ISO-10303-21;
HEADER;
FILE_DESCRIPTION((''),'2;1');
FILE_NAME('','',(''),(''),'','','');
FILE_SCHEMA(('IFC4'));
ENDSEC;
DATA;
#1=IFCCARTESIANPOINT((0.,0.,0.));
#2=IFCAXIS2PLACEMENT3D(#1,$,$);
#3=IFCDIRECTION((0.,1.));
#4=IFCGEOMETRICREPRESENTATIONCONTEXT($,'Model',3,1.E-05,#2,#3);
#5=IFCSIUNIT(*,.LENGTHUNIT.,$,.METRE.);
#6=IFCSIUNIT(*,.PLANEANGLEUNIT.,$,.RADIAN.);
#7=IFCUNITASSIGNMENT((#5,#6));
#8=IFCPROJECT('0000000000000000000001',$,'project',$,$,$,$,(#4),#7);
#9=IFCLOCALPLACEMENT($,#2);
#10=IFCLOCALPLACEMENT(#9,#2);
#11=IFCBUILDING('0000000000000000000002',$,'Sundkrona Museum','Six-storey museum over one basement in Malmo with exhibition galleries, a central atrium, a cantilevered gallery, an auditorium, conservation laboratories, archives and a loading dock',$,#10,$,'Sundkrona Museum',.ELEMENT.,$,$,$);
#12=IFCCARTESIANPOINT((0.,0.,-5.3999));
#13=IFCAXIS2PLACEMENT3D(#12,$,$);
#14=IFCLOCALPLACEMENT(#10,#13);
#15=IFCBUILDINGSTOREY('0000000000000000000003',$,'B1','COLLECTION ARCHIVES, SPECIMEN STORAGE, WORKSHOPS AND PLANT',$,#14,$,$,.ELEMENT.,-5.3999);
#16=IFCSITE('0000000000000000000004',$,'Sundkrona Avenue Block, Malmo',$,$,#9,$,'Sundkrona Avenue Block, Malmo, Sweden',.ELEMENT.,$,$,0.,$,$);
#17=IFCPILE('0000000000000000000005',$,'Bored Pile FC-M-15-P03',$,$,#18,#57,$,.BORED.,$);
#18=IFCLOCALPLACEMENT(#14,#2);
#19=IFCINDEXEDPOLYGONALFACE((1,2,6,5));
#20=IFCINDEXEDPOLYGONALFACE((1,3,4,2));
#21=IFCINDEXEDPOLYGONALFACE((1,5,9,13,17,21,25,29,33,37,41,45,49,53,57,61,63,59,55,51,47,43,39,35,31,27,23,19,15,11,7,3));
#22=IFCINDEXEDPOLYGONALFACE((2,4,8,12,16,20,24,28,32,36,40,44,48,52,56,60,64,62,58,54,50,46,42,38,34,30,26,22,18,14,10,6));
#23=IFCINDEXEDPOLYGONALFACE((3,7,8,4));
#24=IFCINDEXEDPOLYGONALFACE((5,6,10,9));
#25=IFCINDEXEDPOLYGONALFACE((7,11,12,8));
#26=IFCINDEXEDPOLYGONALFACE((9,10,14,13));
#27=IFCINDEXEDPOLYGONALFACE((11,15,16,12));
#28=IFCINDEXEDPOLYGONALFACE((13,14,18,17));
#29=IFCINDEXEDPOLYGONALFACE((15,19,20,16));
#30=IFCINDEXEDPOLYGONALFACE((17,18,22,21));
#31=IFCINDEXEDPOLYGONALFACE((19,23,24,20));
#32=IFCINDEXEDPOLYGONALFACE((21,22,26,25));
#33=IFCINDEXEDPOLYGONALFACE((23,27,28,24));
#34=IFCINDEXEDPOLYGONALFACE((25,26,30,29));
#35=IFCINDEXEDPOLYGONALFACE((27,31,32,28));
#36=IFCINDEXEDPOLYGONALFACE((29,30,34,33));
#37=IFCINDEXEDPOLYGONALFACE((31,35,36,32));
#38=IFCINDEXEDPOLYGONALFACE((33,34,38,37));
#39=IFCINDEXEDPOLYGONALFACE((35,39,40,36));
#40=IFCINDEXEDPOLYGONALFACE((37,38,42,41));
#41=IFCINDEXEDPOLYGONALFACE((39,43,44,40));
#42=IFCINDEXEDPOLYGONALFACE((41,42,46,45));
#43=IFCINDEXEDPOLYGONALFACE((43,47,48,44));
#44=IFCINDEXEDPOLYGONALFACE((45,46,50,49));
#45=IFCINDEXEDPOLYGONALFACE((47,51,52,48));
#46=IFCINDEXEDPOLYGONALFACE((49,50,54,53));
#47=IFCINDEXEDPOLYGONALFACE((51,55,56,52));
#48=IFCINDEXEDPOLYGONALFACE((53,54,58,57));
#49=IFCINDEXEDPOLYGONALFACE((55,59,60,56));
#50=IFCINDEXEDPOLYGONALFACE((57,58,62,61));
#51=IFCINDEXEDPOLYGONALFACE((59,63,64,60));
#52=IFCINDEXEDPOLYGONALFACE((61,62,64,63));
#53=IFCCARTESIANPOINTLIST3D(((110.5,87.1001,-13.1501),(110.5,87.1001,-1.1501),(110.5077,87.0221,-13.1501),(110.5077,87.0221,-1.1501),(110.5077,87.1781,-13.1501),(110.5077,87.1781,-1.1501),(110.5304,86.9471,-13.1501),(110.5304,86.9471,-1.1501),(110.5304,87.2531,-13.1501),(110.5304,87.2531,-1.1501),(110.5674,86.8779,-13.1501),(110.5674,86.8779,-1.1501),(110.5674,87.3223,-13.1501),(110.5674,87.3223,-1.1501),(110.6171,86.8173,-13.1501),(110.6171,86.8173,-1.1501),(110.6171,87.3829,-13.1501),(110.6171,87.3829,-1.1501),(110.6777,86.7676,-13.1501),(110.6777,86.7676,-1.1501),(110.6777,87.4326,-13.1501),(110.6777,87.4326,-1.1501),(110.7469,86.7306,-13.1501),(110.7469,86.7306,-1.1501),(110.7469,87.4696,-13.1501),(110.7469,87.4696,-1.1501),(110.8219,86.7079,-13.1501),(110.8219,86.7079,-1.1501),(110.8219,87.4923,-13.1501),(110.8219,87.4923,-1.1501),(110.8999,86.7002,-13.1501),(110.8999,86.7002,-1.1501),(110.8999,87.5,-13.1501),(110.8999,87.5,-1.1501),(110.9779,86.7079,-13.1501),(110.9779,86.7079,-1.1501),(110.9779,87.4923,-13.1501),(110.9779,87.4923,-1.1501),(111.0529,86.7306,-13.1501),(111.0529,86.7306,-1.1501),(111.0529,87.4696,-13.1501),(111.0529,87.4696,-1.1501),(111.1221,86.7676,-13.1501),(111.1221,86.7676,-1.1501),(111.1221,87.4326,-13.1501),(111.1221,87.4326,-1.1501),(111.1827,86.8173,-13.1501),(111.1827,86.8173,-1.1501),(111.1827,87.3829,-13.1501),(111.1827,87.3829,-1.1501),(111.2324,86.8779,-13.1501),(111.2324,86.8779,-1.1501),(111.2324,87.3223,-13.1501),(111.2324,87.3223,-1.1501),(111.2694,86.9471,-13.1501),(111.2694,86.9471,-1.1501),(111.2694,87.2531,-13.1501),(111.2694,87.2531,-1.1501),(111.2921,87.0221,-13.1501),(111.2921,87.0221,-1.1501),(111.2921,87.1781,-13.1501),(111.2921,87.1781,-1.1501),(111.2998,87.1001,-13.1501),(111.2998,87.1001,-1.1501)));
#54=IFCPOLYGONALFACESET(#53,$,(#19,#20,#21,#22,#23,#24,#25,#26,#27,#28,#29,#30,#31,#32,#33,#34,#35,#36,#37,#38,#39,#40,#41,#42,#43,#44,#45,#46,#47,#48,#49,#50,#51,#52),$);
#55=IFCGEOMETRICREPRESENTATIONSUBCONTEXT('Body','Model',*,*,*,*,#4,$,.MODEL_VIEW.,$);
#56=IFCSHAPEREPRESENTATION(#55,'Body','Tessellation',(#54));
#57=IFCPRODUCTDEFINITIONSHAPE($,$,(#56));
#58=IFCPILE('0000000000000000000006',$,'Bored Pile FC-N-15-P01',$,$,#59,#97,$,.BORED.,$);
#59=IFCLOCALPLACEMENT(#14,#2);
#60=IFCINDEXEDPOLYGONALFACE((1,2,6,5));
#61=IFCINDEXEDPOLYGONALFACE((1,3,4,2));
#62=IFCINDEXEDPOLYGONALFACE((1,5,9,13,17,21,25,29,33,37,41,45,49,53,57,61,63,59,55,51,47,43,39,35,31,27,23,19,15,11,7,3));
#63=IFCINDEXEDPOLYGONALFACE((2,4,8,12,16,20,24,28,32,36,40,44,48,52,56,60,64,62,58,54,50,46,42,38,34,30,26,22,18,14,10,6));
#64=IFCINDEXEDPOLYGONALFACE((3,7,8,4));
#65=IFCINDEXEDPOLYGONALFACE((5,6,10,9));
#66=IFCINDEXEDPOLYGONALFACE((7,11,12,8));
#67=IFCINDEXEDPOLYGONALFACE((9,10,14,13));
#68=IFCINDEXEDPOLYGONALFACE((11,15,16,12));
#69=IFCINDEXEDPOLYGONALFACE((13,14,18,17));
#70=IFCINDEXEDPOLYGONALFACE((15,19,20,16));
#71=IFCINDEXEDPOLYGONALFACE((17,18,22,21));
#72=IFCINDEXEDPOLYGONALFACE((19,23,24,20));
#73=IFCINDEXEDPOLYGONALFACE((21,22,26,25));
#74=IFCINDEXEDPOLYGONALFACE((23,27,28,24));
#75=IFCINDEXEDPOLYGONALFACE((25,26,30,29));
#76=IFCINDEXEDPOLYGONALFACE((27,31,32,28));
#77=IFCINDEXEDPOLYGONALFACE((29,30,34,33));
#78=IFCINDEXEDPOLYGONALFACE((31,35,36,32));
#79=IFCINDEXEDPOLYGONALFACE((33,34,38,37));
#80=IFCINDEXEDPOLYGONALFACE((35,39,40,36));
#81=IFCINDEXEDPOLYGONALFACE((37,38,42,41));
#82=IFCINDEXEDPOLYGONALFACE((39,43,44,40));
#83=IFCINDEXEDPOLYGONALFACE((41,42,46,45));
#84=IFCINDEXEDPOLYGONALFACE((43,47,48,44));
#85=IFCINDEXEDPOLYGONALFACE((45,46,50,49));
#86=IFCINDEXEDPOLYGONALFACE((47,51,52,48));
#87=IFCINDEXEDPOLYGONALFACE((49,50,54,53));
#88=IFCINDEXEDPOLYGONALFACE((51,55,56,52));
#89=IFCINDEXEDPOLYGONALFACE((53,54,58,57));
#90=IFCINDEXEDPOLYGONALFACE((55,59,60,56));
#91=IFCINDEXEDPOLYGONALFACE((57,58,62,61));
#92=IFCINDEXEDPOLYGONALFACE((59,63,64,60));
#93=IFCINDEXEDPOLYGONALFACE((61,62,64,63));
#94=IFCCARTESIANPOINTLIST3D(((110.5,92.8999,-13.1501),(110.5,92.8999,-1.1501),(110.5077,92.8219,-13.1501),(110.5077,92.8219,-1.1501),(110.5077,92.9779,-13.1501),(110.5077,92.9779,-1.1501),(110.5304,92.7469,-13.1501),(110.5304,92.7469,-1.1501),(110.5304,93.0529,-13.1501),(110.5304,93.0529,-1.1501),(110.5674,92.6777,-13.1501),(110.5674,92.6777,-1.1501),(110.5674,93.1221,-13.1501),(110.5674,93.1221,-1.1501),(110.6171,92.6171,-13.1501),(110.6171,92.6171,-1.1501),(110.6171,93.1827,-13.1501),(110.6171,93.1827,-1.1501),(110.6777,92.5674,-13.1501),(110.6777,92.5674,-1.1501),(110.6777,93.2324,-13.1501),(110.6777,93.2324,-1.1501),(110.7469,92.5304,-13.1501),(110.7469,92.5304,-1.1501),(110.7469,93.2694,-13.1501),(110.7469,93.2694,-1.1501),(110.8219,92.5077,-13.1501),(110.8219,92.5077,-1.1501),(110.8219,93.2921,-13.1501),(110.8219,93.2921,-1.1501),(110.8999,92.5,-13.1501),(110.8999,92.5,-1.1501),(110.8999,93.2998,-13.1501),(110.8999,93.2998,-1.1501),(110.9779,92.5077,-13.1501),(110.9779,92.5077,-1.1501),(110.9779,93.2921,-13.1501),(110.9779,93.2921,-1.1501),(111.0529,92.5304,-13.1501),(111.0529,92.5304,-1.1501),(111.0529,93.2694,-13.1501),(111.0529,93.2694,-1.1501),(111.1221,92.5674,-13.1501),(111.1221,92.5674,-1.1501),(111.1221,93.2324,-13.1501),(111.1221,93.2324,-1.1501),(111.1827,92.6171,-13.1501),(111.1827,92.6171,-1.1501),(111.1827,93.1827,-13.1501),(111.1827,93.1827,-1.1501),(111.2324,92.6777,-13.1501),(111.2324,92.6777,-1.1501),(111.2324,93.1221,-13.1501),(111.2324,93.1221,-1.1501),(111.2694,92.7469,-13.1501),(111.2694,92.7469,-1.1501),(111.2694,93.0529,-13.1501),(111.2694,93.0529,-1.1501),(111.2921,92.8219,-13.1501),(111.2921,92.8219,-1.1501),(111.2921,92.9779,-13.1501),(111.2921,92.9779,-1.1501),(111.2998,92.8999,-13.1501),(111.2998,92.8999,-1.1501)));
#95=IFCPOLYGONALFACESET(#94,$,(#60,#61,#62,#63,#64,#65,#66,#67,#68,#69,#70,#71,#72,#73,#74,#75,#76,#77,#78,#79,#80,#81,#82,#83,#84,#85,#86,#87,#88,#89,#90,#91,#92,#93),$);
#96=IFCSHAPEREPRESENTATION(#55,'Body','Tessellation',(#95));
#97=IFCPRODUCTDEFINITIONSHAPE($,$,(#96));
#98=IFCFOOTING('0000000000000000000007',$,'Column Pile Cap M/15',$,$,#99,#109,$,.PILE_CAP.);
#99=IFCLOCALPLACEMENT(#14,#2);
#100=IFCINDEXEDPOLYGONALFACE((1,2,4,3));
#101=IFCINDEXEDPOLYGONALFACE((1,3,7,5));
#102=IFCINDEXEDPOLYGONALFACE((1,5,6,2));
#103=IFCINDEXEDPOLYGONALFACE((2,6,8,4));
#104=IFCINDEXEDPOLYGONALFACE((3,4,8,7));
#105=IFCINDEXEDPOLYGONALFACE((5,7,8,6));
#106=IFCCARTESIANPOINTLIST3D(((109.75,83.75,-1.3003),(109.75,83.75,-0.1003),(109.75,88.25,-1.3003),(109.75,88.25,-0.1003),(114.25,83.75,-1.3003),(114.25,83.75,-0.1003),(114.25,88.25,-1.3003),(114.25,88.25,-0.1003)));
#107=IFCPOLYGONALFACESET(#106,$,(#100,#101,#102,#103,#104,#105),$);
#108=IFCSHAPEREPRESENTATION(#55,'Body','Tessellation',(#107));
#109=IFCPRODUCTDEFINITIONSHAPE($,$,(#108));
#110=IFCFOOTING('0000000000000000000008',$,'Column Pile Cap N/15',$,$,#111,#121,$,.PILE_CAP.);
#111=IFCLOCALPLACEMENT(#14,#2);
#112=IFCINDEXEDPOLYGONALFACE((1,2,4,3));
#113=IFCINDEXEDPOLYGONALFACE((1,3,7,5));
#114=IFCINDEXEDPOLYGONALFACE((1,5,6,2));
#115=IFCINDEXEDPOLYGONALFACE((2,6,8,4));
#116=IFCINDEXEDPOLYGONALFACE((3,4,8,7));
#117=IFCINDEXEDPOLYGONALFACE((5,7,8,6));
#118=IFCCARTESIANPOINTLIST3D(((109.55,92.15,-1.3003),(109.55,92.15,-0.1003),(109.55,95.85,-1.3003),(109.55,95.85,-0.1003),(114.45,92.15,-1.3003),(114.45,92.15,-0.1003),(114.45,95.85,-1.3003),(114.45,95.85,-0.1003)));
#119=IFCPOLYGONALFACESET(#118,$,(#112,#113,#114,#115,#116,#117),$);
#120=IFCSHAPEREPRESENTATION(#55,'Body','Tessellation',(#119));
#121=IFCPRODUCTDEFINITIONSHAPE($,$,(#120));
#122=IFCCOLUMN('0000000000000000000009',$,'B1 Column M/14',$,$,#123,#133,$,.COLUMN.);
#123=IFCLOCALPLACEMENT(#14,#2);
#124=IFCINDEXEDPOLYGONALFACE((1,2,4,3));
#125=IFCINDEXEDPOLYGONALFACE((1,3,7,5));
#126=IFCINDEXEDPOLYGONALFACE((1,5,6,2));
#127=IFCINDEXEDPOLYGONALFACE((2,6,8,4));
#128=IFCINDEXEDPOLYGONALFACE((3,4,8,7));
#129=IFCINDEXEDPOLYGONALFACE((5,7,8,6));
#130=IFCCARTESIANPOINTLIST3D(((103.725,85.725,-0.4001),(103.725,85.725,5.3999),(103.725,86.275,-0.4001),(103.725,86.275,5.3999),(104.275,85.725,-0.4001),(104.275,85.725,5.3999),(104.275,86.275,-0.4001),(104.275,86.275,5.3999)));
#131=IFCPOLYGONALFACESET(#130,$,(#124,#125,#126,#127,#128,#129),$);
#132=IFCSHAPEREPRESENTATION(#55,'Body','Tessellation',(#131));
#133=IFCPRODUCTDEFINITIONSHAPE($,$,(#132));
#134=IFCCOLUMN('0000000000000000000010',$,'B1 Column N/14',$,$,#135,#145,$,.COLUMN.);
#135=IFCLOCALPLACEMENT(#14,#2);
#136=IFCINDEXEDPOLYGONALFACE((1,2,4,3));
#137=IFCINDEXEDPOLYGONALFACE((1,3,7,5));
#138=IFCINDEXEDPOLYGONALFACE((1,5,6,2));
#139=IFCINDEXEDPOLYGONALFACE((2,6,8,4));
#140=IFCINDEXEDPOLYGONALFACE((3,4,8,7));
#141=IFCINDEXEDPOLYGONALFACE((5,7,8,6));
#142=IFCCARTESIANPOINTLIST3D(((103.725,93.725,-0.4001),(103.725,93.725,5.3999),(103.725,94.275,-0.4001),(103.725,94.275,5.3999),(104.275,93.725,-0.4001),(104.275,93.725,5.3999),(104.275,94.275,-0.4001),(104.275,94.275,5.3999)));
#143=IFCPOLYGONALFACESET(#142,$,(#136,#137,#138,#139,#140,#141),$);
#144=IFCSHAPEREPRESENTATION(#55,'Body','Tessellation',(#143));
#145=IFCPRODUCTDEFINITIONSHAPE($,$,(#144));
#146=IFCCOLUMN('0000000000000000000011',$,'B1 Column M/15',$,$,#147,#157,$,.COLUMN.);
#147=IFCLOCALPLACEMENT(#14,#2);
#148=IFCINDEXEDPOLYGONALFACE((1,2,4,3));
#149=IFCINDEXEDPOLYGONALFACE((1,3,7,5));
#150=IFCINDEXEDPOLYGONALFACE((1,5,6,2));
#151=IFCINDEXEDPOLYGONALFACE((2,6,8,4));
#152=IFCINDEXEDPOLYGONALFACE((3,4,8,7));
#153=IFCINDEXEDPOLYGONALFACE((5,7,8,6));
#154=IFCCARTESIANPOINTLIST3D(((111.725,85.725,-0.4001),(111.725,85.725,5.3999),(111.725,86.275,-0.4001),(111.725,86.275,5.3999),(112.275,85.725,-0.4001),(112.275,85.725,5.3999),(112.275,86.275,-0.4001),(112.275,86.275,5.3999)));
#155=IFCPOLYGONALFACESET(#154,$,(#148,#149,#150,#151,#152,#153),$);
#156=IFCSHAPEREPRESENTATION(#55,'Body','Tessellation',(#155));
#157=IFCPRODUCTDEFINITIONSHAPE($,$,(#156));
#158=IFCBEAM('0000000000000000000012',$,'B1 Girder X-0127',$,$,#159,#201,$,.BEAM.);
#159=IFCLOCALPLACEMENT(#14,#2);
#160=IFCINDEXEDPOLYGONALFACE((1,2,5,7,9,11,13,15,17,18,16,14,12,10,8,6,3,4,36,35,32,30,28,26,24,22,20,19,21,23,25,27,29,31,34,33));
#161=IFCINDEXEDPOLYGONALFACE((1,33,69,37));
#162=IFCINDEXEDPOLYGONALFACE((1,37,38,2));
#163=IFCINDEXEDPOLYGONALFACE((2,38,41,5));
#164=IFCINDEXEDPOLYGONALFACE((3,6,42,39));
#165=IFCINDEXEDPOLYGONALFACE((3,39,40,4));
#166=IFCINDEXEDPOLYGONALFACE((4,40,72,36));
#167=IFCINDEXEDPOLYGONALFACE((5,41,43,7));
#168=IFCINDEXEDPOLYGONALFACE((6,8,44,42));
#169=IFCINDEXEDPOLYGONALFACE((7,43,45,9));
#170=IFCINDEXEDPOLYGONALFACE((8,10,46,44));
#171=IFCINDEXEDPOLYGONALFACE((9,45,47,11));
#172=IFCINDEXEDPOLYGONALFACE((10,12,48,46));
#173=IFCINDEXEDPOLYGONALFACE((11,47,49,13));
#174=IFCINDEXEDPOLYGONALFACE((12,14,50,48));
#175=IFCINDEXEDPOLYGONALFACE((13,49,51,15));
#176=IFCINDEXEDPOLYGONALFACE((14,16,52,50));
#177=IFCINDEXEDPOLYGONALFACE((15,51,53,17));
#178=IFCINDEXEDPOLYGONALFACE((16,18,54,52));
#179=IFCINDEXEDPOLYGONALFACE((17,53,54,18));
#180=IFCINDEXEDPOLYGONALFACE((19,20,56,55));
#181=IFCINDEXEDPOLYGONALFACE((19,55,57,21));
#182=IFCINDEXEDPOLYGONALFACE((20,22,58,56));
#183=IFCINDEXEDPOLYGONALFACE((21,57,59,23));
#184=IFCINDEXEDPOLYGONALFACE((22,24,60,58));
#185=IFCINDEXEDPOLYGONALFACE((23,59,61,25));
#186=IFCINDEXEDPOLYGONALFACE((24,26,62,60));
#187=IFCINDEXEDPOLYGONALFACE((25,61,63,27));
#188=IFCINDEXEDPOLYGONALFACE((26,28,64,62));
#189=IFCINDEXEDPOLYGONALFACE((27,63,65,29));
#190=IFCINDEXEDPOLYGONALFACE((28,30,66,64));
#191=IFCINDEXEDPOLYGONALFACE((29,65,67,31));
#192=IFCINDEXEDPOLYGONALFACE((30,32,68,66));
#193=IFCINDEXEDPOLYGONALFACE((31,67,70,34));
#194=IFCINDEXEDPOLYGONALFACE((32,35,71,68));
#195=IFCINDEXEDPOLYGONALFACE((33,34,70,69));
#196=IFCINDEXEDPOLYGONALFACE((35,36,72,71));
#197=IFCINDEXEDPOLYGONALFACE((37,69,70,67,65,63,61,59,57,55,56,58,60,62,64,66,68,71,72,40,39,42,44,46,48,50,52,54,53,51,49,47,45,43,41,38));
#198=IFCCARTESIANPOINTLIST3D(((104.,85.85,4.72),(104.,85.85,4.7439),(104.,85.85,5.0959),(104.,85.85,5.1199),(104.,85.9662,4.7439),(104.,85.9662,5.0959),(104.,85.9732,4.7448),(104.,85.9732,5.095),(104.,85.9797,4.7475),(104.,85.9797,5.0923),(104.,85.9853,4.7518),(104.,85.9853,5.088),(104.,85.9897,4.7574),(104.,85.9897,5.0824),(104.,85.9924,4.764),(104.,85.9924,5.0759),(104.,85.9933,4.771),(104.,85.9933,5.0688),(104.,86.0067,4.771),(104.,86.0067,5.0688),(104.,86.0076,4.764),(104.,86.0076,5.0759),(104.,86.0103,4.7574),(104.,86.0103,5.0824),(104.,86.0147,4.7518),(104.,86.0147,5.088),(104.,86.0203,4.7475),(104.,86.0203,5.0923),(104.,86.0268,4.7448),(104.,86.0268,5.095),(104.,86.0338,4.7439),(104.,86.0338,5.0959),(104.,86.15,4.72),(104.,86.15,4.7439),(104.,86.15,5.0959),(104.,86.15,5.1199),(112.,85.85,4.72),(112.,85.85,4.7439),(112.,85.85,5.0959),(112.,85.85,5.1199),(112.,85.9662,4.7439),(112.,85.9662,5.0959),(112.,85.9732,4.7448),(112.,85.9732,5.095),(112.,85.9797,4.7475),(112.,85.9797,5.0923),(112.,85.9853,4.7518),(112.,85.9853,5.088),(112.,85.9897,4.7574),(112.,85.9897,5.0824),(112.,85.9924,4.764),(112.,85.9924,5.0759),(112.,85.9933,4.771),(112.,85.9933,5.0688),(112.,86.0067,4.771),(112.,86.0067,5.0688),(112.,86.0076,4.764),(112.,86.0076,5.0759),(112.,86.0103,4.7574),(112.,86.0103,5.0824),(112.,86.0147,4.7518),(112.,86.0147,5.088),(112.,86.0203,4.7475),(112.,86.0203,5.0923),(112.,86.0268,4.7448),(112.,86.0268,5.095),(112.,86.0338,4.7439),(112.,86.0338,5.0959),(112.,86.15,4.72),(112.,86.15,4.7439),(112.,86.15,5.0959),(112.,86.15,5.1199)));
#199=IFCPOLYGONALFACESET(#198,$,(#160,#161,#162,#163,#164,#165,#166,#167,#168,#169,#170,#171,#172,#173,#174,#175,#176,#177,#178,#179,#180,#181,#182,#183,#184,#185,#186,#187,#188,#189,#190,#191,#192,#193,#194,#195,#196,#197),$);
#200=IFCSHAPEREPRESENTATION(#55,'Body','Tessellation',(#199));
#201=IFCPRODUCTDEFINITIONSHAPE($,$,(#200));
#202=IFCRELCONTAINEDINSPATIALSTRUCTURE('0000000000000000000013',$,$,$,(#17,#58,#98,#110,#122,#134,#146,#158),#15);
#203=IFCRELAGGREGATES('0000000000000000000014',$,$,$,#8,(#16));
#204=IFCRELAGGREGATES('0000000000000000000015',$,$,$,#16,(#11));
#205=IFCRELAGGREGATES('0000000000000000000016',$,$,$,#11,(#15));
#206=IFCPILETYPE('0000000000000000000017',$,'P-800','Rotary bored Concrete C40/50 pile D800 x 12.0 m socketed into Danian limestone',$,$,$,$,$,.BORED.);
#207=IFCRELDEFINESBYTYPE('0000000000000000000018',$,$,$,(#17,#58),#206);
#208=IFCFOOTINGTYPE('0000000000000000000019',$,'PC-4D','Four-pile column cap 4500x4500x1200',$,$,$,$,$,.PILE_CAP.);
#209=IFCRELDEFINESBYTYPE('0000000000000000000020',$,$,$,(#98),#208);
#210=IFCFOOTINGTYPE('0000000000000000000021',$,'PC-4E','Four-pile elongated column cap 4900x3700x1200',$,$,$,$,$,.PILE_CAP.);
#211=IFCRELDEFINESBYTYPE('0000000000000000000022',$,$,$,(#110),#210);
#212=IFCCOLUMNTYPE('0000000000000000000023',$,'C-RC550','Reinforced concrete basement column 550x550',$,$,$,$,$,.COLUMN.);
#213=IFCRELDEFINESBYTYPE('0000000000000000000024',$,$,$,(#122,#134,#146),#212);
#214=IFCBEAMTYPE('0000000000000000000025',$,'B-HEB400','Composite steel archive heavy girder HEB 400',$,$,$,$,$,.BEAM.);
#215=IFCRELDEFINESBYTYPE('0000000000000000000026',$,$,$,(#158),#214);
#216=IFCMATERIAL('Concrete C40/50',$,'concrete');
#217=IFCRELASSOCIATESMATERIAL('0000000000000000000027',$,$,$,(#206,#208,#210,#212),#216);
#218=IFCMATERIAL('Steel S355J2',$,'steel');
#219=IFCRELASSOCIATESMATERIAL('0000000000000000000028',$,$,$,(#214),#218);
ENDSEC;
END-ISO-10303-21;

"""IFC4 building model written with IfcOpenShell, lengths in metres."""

from ifc_helpers import new_model, si_unit, direction, frame, origin, origin_2d, place, context, subcontext, project, spatial, rectangle, circle, i_section, extrude, material, material_profile, profile_set, type_object, element, save


model = new_model("IFC4")

# Units and contexts
model_context = context("Model", 3, precision=1e-05, world=origin(), true_north=direction((0.0, 1.0)))
body_context = subcontext(model_context, "Body", "Model", "MODEL_VIEW")
ifc_project = project(units=[si_unit("LENGTHUNIT", "METRE"), si_unit("PLANEANGLEUNIT", "RADIAN")], contexts=[model_context])

# Site, building, storey
site_placement = place(None, origin())
site = spatial("IfcSite", under=ifc_project, at=site_placement, Name="Sundkrona Avenue Block, Malmo", LongName="Sundkrona Avenue Block, Malmo, Sweden", CompositionType="ELEMENT", RefElevation=0.0)
building_placement = place(site_placement, origin())
building = spatial("IfcBuilding", under=site, at=building_placement, Name="Sundkrona Museum", Description="Six-storey museum over one basement in Malmo with exhibition galleries, a central atrium, a cantilevered gallery, an auditorium, conservation laboratories, archives and a loading dock", LongName="Sundkrona Museum", CompositionType="ELEMENT")
storey_placement = place(building_placement, frame((0.0, 0.0, -5.3999)))
storey = spatial("IfcBuildingStorey", under=building, at=storey_placement, Name="B1", Description="COLLECTION ARCHIVES, SPECIMEN STORAGE, WORKSHOPS AND PLANT", CompositionType="ELEMENT", Elevation=-5.3999)

# Shared definitions
ifc_material_1 = material(Name="Concrete C40/50", Category="concrete")

# Piles
ifc_material_profile_1 = material_profile(ifc_material_1, circle(Radius=0.3999, at=origin_2d()), Name="PILE D800")
ifc_profile_set_1 = profile_set([ifc_material_profile_1], Name="Concrete C40/50")
pile_type = type_object("IfcPileType", Name="P-800", Description="Rotary bored Concrete C40/50 pile D800 x 12.0 m socketed into Danian limestone", PredefinedType="BORED", material=ifc_profile_set_1)
for number, where, z_axis, x_axis, name in (
    (1, (110.8999, 87.1001, -1.1501), (0.0, 0.0, -1.0), (1.0, 0.0, 0.0), "Bored Pile FC-M-15-P03"),
    (2, (110.8999, 92.8999, -1.1501), (0.0, 0.0, -1.0), (1.0, 0.0, 0.0), "Bored Pile FC-N-15-P01"),
):
    element("IfcPile", number, at=place(storey_placement, frame(where, z_axis=z_axis, x_axis=x_axis)), inside=storey, type_object=pile_type, Name=name, PredefinedType="BORED", context=body_context, shape_type="SweptSolid", body=[
        extrude(circle(Radius=0.3999, at=origin_2d()), origin(), (0.0, 0.0, 1.0), 12.0),
    ])

# Footings
footing_type_1 = type_object("IfcFootingType", Name="PC-4D", Description="Four-pile column cap 4500x4500x1200", PredefinedType="PILE_CAP", material=ifc_material_1)
footing_1_placement = place(storey_placement, frame((112.0, 86.0, -1.3003), z_axis=(0.0, 0.0, 1.0), x_axis=(1.0, 0.0, 0.0)))
element("IfcFooting", 3, at=footing_1_placement, inside=storey, type_object=footing_type_1, Name="Column Pile Cap M/15", PredefinedType="PILE_CAP", context=body_context, shape_type="SweptSolid", body=[
    extrude(rectangle(XDim=4.5, YDim=4.5, at=origin_2d()), origin(), (0.0, 0.0, 1.0), 1.2),
])
footing_type_2 = type_object("IfcFootingType", Name="PC-4E", Description="Four-pile elongated column cap 4900x3700x1200", PredefinedType="PILE_CAP", material=ifc_material_1)
footing_2_placement = place(storey_placement, frame((112.0, 94.0, -1.3003), z_axis=(0.0, 0.0, 1.0), x_axis=(1.0, 0.0, 0.0)))
element("IfcFooting", 4, at=footing_2_placement, inside=storey, type_object=footing_type_2, Name="Column Pile Cap N/15", PredefinedType="PILE_CAP", context=body_context, shape_type="SweptSolid", body=[
    extrude(rectangle(XDim=4.8999, YDim=3.7, at=origin_2d()), origin(), (0.0, 0.0, 1.0), 1.2),
])

# Columns
ifc_material_profile_2 = material_profile(ifc_material_1, rectangle(XDim=0.55, YDim=0.55, at=origin_2d()), Name="RC 550x550")
ifc_profile_set_2 = profile_set([ifc_material_profile_2], Name="Concrete C40/50")
column_type = type_object("IfcColumnType", Name="C-RC550", Description="Reinforced concrete basement column 550x550", PredefinedType="COLUMN", material=ifc_profile_set_2)
for number, where, z_axis, x_axis, name in (
    (5, (104.0, 86.0, -0.4001), (0.0, 0.0, 1.0), (1.0, 0.0, 0.0), "B1 Column M/14"),
    (6, (104.0, 94.0, -0.4001), (0.0, 0.0, 1.0), (1.0, 0.0, 0.0), "B1 Column N/14"),
    (7, (112.0, 86.0, -0.4001), (0.0, 0.0, 1.0), (1.0, 0.0, 0.0), "B1 Column M/15"),
):
    element("IfcColumn", number, at=place(storey_placement, frame(where, z_axis=z_axis, x_axis=x_axis)), inside=storey, type_object=column_type, Name=name, PredefinedType="COLUMN", context=body_context, shape_type="SweptSolid", body=[
        extrude(rectangle(XDim=0.55, YDim=0.55, at=origin_2d()), origin(), (0.0, 0.0, 1.0), 5.8),
    ])

# Beam
ifc_material_2 = material(Name="Steel S355J2", Category="steel")
ifc_material_profile_3 = material_profile(ifc_material_2, i_section(OverallWidth=0.3, OverallDepth=0.3999, WebThickness=0.0134, FlangeThickness=0.0239, FilletRadius=0.0271, at=origin_2d()), Name="HEB 400")
ifc_profile_set_3 = profile_set([ifc_material_profile_3], Name="Steel S355J2")
beam_type_1 = type_object("IfcBeamType", Name="B-HEB400", Description="Composite steel archive heavy girder HEB 400", PredefinedType="BEAM", material=ifc_profile_set_3)
for number, where, z_axis, x_axis, name in (
    (8, (104.0, 86.0, 4.9199), (1.0, 0.0, 0.0), (0.0, 1.0, 0.0), "B1 Girder X-0127"),
):
    element("IfcBeam", number, at=place(storey_placement, frame(where, z_axis=z_axis, x_axis=x_axis)), inside=storey, type_object=beam_type_1, Name=name, PredefinedType="BEAM", context=body_context, shape_type="SweptSolid", body=[
        extrude(i_section(OverallWidth=0.3, OverallDepth=0.3999, WebThickness=0.0134, FlangeThickness=0.0239, FilletRadius=0.0271, at=origin_2d()), origin(), (0.0, 0.0, 1.0), 8.0),
    ])

save(model, "model.ifc")
